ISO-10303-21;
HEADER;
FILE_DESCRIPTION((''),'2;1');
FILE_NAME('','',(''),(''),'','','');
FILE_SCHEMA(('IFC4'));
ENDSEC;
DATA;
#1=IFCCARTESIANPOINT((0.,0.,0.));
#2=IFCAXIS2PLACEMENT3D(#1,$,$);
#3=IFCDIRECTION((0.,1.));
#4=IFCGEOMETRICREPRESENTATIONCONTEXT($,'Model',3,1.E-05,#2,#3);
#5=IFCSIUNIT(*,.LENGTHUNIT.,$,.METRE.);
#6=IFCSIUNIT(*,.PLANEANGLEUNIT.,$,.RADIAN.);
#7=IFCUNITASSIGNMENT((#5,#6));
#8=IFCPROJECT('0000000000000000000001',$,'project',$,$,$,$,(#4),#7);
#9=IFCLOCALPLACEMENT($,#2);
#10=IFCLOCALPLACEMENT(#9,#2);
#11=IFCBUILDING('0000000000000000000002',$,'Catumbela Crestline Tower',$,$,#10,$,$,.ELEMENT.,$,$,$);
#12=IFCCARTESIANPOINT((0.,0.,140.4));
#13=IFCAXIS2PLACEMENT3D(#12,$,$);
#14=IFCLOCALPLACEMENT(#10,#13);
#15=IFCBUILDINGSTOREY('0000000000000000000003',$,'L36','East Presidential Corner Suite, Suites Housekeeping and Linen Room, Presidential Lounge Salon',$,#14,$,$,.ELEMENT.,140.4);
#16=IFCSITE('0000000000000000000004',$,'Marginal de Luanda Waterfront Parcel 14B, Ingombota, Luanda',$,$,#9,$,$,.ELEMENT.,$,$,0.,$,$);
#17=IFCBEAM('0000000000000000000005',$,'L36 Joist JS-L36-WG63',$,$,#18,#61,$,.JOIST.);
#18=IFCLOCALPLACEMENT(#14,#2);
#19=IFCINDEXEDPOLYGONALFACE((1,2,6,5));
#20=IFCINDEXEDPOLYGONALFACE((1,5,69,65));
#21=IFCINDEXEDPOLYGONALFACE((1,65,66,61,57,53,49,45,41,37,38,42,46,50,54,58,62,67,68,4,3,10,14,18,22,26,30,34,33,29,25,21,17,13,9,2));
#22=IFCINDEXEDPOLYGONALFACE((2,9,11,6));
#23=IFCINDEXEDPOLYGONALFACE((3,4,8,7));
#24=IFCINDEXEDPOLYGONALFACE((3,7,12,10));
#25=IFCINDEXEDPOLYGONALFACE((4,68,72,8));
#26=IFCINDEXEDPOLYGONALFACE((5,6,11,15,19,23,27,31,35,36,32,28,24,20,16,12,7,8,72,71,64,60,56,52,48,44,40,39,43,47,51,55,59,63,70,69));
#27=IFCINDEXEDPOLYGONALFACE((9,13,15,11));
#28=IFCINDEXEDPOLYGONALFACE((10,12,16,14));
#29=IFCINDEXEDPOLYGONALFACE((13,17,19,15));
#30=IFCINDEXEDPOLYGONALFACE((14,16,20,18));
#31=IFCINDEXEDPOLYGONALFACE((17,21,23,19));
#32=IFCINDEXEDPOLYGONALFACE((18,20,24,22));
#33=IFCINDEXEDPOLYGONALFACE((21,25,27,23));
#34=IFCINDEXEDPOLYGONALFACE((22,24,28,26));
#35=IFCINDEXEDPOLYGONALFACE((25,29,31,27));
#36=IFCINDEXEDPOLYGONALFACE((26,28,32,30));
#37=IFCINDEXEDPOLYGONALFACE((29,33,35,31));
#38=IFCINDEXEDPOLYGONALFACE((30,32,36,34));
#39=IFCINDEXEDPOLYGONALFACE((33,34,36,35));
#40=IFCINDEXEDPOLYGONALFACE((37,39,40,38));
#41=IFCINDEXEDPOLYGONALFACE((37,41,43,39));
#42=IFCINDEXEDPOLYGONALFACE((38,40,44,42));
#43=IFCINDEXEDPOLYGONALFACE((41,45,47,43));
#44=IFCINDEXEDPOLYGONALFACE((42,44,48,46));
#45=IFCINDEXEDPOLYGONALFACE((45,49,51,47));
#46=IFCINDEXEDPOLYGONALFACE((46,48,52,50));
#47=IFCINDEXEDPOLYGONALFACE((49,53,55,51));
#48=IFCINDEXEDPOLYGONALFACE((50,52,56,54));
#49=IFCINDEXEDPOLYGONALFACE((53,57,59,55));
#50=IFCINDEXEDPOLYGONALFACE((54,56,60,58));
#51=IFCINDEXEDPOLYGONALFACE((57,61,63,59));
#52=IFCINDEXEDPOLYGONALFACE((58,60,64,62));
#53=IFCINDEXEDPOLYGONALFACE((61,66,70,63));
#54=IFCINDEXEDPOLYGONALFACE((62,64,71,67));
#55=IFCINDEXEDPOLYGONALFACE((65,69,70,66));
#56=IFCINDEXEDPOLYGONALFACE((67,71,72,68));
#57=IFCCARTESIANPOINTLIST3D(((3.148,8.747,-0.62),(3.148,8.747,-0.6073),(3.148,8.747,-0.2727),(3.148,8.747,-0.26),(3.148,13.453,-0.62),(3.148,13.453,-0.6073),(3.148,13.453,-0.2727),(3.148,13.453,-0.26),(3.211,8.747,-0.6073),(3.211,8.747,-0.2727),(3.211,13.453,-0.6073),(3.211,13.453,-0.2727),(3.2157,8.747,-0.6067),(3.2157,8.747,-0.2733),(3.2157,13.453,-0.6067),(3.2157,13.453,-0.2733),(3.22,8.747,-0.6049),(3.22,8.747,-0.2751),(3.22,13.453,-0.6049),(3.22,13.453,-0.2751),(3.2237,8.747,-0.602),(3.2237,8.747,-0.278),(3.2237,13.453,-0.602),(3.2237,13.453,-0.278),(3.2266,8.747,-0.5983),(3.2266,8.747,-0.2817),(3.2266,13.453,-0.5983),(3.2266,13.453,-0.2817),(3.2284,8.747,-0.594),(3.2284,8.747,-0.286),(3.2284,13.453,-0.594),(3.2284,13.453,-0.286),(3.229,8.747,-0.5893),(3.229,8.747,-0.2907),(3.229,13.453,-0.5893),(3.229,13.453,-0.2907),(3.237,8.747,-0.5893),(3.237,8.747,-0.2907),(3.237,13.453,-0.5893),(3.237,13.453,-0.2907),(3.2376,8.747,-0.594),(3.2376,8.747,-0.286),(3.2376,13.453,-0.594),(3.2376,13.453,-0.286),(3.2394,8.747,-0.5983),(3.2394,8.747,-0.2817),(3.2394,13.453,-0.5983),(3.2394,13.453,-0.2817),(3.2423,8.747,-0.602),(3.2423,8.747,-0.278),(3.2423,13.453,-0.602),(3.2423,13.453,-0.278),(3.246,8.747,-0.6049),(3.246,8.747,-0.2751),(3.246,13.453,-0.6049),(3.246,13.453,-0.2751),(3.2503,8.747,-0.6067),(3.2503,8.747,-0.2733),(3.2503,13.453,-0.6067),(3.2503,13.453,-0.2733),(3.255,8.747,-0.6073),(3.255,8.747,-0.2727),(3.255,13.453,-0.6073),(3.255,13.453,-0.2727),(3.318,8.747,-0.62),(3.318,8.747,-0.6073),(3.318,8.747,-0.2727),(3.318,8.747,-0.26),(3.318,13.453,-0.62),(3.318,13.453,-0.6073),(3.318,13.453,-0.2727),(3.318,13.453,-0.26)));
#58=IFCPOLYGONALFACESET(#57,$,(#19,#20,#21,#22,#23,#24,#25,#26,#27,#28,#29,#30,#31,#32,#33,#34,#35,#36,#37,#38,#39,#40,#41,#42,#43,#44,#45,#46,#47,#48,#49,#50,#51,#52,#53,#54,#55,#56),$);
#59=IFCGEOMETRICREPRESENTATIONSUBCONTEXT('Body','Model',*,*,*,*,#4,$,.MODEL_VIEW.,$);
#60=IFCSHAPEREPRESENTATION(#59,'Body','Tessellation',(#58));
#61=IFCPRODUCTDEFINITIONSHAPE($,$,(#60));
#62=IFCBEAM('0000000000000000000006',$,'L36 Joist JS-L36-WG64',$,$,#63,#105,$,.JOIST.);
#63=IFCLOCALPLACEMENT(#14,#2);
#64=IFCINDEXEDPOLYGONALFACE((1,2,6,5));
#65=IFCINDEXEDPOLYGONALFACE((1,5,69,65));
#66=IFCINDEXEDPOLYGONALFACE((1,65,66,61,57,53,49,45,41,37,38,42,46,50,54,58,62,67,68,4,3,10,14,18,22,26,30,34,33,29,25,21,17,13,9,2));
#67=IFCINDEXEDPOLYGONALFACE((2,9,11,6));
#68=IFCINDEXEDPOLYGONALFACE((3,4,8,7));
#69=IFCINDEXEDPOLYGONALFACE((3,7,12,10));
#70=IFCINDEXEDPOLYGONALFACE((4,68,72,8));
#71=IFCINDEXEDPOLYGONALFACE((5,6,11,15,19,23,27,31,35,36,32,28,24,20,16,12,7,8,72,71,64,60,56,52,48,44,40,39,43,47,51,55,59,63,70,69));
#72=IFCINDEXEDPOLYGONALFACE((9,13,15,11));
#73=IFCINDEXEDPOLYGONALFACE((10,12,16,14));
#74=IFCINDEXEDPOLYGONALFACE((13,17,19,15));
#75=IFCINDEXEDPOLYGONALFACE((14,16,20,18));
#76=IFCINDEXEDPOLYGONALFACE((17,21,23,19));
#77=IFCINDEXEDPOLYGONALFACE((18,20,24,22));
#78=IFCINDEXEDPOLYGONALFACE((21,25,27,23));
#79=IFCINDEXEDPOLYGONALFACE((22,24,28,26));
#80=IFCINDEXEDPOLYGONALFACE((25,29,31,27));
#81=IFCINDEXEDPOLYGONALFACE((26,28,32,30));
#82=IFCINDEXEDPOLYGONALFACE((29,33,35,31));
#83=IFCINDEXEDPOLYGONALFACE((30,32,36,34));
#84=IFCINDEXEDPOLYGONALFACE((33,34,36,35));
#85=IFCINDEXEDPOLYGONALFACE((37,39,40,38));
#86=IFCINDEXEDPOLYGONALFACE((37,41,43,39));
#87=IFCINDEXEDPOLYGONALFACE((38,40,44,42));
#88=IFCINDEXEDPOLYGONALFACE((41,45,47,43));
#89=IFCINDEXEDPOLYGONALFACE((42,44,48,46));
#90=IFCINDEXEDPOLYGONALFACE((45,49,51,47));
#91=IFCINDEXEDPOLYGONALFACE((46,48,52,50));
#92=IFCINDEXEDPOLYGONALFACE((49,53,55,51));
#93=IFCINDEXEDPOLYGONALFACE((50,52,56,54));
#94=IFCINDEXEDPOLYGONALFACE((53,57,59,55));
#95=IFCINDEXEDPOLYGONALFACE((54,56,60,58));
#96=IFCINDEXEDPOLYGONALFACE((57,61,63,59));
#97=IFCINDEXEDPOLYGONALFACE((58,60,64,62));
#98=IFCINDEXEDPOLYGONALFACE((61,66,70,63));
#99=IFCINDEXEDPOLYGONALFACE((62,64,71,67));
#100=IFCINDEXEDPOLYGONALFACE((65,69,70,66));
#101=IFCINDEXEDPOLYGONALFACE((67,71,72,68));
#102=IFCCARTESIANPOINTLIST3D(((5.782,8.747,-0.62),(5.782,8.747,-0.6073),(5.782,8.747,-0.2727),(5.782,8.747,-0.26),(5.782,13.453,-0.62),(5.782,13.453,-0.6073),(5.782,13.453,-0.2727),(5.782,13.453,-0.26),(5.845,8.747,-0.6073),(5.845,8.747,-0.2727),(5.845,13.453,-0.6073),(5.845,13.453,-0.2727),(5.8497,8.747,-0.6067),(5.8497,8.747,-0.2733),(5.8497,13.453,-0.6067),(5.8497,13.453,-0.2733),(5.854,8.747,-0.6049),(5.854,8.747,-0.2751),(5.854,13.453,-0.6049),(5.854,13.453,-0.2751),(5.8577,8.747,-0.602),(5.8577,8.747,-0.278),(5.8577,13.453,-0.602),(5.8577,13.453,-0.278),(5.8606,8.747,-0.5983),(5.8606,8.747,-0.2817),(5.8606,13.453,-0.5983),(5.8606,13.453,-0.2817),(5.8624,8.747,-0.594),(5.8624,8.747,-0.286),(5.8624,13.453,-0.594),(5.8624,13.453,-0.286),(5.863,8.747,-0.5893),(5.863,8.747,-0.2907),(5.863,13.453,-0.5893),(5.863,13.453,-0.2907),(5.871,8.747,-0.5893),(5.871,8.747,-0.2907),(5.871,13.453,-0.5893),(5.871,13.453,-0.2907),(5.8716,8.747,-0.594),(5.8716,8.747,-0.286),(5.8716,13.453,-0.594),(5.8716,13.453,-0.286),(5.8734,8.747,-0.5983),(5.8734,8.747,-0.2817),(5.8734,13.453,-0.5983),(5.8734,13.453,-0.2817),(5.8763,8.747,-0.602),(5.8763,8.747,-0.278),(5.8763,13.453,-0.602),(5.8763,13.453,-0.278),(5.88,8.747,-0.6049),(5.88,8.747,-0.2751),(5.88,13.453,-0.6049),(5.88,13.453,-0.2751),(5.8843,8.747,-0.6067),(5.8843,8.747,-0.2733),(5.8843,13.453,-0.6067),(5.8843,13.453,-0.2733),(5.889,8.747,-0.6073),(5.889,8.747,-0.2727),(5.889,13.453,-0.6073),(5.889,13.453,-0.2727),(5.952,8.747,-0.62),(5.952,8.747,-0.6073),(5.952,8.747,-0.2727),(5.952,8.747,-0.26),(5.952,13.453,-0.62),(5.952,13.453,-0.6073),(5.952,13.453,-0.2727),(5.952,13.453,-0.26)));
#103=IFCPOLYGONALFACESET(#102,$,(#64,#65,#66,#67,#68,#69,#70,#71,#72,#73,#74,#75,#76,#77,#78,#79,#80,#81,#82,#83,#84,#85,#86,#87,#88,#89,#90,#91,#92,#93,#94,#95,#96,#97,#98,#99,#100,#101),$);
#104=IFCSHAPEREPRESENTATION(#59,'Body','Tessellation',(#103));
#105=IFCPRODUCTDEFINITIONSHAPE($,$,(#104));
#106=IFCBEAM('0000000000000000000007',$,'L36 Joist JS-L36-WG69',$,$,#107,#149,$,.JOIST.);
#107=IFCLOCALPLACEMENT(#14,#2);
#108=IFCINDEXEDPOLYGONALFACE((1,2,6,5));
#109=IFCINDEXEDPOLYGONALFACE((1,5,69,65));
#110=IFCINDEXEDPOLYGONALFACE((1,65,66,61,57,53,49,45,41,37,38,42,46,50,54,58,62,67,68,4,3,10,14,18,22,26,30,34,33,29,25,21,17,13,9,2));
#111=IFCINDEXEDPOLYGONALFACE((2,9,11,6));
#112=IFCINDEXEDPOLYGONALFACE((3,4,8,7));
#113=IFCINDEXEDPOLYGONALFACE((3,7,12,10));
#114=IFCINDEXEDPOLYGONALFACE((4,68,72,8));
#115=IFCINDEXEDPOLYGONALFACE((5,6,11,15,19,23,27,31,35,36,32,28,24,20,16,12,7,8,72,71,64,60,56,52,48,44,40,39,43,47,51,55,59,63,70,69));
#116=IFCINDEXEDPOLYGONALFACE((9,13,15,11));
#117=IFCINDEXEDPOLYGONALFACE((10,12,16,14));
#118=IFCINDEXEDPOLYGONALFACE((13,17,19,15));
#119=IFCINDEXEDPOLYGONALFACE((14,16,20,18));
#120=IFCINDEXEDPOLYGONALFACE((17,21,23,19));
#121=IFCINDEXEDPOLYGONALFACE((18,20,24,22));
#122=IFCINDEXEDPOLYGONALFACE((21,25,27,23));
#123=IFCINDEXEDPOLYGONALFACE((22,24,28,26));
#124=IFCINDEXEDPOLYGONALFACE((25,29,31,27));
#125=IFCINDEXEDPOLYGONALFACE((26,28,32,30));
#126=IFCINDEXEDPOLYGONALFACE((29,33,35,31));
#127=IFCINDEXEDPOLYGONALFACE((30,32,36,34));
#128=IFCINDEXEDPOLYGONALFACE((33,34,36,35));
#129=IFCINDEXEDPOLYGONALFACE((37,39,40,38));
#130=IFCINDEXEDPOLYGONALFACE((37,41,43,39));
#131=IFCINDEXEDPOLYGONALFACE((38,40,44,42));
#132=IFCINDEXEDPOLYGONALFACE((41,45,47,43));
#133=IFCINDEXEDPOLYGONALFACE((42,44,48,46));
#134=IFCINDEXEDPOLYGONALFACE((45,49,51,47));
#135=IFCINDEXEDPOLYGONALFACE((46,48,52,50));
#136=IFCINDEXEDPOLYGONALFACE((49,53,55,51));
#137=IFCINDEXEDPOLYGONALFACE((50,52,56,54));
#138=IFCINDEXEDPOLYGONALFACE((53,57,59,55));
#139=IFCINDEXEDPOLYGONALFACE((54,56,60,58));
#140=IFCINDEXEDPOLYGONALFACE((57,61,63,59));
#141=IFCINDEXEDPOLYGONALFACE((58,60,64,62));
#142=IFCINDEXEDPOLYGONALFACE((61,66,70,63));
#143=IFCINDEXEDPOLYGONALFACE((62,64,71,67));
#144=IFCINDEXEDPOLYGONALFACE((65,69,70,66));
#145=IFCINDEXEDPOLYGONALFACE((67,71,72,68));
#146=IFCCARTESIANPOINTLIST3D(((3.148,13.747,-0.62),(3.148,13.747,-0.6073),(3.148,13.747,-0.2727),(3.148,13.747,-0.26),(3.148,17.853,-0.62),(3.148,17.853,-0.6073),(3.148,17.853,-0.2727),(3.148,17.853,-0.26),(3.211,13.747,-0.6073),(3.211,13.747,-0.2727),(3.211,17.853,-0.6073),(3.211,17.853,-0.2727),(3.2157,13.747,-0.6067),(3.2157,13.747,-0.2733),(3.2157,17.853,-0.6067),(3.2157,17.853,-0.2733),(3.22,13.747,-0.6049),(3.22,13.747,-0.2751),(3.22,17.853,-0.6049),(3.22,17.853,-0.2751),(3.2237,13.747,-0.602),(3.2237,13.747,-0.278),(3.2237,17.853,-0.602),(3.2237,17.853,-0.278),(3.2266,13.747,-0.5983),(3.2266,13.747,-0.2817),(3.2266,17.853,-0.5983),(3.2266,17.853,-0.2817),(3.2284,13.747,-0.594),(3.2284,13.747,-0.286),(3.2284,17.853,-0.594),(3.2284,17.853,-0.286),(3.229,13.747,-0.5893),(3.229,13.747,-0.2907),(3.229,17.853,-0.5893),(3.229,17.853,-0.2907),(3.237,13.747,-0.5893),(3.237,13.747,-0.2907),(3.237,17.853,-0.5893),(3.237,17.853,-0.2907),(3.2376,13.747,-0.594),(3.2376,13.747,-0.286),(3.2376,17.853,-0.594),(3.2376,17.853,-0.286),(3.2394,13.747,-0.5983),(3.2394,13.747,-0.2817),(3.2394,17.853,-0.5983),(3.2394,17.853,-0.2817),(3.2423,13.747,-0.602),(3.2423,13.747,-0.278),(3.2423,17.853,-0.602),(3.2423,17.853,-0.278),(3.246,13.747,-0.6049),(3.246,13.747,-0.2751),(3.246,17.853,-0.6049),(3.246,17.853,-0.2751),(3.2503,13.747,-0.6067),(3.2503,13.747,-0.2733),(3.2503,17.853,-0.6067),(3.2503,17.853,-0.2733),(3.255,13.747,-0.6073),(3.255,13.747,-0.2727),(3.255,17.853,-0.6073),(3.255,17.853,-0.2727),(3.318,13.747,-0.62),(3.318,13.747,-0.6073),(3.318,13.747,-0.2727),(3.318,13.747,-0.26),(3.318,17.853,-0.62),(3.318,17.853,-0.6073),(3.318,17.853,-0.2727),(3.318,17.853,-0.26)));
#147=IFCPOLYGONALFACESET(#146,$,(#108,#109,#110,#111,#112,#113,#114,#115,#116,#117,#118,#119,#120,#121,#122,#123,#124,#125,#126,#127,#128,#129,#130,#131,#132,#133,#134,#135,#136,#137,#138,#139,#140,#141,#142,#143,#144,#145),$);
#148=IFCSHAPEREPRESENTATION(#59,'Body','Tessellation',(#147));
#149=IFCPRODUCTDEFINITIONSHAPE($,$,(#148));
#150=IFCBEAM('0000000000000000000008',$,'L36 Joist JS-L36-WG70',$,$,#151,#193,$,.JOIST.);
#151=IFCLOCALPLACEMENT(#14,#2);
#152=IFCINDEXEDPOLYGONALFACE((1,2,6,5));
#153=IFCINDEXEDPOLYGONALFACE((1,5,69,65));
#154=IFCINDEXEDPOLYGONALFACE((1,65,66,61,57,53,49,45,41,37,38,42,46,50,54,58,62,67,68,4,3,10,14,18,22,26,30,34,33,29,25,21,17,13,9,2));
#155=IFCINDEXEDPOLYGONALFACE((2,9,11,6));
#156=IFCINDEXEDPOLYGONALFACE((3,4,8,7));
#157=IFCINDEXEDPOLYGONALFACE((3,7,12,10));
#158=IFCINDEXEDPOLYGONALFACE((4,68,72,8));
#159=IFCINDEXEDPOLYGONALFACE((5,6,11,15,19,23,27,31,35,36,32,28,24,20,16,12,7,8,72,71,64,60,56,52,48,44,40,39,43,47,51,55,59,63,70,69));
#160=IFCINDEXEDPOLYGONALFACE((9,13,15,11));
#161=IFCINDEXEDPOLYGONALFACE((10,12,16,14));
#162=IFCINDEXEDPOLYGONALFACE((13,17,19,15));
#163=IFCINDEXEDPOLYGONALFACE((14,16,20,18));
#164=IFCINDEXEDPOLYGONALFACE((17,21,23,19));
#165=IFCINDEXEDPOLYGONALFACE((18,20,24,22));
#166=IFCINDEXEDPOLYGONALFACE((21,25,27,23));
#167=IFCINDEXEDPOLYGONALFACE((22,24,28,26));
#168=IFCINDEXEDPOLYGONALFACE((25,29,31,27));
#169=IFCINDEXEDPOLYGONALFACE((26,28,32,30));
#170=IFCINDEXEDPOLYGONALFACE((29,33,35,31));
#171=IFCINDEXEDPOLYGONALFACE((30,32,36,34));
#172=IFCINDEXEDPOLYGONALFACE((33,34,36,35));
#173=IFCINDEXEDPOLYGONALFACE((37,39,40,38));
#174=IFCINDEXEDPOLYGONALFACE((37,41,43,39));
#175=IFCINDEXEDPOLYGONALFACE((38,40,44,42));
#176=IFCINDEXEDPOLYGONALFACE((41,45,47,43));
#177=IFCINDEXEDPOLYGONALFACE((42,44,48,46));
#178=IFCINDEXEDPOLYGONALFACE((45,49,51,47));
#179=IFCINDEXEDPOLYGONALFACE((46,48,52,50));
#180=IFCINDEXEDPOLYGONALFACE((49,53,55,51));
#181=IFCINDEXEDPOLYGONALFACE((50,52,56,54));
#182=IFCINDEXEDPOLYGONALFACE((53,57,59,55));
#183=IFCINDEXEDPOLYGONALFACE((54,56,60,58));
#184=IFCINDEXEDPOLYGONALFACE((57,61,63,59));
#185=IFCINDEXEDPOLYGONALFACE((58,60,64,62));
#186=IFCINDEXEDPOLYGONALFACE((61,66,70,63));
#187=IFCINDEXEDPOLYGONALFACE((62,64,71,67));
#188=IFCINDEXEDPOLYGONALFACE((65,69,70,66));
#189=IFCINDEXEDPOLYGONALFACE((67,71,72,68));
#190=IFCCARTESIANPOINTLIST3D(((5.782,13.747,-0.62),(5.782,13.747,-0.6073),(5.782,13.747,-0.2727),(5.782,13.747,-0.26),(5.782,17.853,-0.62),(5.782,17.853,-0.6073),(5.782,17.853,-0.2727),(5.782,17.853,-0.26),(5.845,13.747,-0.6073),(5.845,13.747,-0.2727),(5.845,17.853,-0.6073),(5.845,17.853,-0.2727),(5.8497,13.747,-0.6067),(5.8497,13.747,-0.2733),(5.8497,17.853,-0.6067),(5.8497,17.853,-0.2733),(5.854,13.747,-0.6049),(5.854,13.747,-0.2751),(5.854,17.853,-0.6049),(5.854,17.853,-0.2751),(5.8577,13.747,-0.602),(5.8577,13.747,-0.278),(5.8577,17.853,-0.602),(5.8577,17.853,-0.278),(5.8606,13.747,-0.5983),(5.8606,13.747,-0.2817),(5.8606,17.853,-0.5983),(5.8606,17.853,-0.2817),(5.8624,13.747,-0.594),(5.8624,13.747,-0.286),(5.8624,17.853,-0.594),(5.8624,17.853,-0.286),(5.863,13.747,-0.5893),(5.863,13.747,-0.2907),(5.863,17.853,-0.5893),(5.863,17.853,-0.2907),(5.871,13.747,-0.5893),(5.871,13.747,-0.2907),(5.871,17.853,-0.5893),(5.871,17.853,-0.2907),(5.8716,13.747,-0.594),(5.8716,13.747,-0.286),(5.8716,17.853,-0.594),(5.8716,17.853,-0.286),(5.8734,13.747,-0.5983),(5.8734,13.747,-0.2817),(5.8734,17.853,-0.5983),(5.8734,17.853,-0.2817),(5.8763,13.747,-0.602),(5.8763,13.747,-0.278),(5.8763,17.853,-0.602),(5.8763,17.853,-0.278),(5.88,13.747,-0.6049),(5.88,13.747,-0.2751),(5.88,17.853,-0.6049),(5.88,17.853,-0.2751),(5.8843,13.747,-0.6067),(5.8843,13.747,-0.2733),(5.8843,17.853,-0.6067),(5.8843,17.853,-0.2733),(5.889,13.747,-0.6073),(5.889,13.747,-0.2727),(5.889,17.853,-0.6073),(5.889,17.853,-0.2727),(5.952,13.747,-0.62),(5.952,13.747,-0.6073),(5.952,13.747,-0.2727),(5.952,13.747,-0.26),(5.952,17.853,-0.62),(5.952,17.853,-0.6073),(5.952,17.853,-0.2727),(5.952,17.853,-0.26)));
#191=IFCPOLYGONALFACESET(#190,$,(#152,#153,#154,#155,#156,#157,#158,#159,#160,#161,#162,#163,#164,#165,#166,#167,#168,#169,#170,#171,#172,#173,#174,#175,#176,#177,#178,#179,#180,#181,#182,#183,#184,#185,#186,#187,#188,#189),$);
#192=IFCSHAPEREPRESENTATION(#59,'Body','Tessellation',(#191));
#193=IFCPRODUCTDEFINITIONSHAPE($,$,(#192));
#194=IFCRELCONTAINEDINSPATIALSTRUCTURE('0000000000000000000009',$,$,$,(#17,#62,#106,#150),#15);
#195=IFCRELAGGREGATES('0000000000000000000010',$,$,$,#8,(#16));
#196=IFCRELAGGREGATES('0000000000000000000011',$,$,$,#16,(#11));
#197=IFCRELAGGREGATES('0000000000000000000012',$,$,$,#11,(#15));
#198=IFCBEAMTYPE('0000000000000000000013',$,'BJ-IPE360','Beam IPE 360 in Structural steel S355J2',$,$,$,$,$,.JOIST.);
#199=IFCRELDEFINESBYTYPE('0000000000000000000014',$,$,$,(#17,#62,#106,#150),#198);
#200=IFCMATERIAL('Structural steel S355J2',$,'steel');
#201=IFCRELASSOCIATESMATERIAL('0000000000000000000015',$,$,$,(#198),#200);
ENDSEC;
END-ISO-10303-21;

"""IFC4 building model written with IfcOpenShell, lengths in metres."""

from ifc_helpers import new_model, si_unit, direction, frame, origin, origin_2d, place, context, subcontext, project, spatial, i_section, extrude, material, material_profile, profile_set, type_object, element, save


model = new_model("IFC4")

# Units and contexts
model_context = context("Model", 3, precision=1e-05, world=origin(), true_north=direction((0.0, 1.0)))
body_context = subcontext(model_context, "Body", "Model", "MODEL_VIEW")
ifc_project = project(units=[si_unit("LENGTHUNIT", "METRE"), si_unit("PLANEANGLEUNIT", "RADIAN")], contexts=[model_context])

# Site, building, storey
site_placement = place(None, origin())
site = spatial("IfcSite", under=ifc_project, at=site_placement, Name="Marginal de Luanda Waterfront Parcel 14B, Ingombota, Luanda", CompositionType="ELEMENT", RefElevation=0.0)
building_placement = place(site_placement, origin())
building = spatial("IfcBuilding", under=site, at=building_placement, Name="Catumbela Crestline Tower", CompositionType="ELEMENT")
storey_placement = place(building_placement, frame((0.0, 0.0, 140.4)))
storey = spatial("IfcBuildingStorey", under=building, at=storey_placement, Name="L36", Description="East Presidential Corner Suite, Suites Housekeeping and Linen Room, Presidential Lounge Salon", CompositionType="ELEMENT", Elevation=140.4)

# Beams
ifc_material_1 = material(Name="Structural steel S355J2", Category="steel")
ifc_material_profile_1 = material_profile(ifc_material_1, i_section(OverallWidth=0.17, OverallDepth=0.36, WebThickness=0.008, FlangeThickness=0.0127, FilletRadius=0.018, at=origin_2d()), Name="IPE 360")
ifc_profile_set_1 = profile_set([ifc_material_profile_1], Name="Structural steel S355J2")
beam_type_1 = type_object("IfcBeamType", Name="BJ-IPE360", Description="Beam IPE 360 in Structural steel S355J2", PredefinedType="JOIST", material=ifc_profile_set_1)
for number, where, z_axis, x_axis, name in (
    (1, (3.233, 8.747, -0.44), (0.0, 1.0, 0.0), (-1.0, 0.0, 0.0), "L36 Joist JS-L36-WG63"),
    (2, (5.867, 8.747, -0.44), (0.0, 1.0, 0.0), (-1.0, 0.0, 0.0), "L36 Joist JS-L36-WG64"),
):
    element("IfcBeam", number, at=place(storey_placement, frame(where, z_axis=z_axis, x_axis=x_axis)), inside=storey, type_object=beam_type_1, Name=name, PredefinedType="JOIST", context=body_context, shape_type="SweptSolid", body=[
        extrude(i_section(OverallWidth=0.17, OverallDepth=0.36, WebThickness=0.008, FlangeThickness=0.0127, FilletRadius=0.018, at=origin_2d()), origin(), (0.0, 0.0, 1.0), 4.706),
    ])
for number, where, z_axis, x_axis, name in (
    (3, (3.233, 13.747, -0.44), (0.0, 1.0, 0.0), (-1.0, 0.0, 0.0), "L36 Joist JS-L36-WG69"),
    (4, (5.867, 13.747, -0.44), (0.0, 1.0, 0.0), (-1.0, 0.0, 0.0), "L36 Joist JS-L36-WG70"),
):
    element("IfcBeam", number, at=place(storey_placement, frame(where, z_axis=z_axis, x_axis=x_axis)), inside=storey, type_object=beam_type_1, Name=name, PredefinedType="JOIST", context=body_context, shape_type="SweptSolid", body=[
        extrude(i_section(OverallWidth=0.17, OverallDepth=0.36, WebThickness=0.008, FlangeThickness=0.0127, FilletRadius=0.018, at=origin_2d()), origin(), (0.0, 0.0, 1.0), 4.106),
    ])

save(model, "model.ifc")
